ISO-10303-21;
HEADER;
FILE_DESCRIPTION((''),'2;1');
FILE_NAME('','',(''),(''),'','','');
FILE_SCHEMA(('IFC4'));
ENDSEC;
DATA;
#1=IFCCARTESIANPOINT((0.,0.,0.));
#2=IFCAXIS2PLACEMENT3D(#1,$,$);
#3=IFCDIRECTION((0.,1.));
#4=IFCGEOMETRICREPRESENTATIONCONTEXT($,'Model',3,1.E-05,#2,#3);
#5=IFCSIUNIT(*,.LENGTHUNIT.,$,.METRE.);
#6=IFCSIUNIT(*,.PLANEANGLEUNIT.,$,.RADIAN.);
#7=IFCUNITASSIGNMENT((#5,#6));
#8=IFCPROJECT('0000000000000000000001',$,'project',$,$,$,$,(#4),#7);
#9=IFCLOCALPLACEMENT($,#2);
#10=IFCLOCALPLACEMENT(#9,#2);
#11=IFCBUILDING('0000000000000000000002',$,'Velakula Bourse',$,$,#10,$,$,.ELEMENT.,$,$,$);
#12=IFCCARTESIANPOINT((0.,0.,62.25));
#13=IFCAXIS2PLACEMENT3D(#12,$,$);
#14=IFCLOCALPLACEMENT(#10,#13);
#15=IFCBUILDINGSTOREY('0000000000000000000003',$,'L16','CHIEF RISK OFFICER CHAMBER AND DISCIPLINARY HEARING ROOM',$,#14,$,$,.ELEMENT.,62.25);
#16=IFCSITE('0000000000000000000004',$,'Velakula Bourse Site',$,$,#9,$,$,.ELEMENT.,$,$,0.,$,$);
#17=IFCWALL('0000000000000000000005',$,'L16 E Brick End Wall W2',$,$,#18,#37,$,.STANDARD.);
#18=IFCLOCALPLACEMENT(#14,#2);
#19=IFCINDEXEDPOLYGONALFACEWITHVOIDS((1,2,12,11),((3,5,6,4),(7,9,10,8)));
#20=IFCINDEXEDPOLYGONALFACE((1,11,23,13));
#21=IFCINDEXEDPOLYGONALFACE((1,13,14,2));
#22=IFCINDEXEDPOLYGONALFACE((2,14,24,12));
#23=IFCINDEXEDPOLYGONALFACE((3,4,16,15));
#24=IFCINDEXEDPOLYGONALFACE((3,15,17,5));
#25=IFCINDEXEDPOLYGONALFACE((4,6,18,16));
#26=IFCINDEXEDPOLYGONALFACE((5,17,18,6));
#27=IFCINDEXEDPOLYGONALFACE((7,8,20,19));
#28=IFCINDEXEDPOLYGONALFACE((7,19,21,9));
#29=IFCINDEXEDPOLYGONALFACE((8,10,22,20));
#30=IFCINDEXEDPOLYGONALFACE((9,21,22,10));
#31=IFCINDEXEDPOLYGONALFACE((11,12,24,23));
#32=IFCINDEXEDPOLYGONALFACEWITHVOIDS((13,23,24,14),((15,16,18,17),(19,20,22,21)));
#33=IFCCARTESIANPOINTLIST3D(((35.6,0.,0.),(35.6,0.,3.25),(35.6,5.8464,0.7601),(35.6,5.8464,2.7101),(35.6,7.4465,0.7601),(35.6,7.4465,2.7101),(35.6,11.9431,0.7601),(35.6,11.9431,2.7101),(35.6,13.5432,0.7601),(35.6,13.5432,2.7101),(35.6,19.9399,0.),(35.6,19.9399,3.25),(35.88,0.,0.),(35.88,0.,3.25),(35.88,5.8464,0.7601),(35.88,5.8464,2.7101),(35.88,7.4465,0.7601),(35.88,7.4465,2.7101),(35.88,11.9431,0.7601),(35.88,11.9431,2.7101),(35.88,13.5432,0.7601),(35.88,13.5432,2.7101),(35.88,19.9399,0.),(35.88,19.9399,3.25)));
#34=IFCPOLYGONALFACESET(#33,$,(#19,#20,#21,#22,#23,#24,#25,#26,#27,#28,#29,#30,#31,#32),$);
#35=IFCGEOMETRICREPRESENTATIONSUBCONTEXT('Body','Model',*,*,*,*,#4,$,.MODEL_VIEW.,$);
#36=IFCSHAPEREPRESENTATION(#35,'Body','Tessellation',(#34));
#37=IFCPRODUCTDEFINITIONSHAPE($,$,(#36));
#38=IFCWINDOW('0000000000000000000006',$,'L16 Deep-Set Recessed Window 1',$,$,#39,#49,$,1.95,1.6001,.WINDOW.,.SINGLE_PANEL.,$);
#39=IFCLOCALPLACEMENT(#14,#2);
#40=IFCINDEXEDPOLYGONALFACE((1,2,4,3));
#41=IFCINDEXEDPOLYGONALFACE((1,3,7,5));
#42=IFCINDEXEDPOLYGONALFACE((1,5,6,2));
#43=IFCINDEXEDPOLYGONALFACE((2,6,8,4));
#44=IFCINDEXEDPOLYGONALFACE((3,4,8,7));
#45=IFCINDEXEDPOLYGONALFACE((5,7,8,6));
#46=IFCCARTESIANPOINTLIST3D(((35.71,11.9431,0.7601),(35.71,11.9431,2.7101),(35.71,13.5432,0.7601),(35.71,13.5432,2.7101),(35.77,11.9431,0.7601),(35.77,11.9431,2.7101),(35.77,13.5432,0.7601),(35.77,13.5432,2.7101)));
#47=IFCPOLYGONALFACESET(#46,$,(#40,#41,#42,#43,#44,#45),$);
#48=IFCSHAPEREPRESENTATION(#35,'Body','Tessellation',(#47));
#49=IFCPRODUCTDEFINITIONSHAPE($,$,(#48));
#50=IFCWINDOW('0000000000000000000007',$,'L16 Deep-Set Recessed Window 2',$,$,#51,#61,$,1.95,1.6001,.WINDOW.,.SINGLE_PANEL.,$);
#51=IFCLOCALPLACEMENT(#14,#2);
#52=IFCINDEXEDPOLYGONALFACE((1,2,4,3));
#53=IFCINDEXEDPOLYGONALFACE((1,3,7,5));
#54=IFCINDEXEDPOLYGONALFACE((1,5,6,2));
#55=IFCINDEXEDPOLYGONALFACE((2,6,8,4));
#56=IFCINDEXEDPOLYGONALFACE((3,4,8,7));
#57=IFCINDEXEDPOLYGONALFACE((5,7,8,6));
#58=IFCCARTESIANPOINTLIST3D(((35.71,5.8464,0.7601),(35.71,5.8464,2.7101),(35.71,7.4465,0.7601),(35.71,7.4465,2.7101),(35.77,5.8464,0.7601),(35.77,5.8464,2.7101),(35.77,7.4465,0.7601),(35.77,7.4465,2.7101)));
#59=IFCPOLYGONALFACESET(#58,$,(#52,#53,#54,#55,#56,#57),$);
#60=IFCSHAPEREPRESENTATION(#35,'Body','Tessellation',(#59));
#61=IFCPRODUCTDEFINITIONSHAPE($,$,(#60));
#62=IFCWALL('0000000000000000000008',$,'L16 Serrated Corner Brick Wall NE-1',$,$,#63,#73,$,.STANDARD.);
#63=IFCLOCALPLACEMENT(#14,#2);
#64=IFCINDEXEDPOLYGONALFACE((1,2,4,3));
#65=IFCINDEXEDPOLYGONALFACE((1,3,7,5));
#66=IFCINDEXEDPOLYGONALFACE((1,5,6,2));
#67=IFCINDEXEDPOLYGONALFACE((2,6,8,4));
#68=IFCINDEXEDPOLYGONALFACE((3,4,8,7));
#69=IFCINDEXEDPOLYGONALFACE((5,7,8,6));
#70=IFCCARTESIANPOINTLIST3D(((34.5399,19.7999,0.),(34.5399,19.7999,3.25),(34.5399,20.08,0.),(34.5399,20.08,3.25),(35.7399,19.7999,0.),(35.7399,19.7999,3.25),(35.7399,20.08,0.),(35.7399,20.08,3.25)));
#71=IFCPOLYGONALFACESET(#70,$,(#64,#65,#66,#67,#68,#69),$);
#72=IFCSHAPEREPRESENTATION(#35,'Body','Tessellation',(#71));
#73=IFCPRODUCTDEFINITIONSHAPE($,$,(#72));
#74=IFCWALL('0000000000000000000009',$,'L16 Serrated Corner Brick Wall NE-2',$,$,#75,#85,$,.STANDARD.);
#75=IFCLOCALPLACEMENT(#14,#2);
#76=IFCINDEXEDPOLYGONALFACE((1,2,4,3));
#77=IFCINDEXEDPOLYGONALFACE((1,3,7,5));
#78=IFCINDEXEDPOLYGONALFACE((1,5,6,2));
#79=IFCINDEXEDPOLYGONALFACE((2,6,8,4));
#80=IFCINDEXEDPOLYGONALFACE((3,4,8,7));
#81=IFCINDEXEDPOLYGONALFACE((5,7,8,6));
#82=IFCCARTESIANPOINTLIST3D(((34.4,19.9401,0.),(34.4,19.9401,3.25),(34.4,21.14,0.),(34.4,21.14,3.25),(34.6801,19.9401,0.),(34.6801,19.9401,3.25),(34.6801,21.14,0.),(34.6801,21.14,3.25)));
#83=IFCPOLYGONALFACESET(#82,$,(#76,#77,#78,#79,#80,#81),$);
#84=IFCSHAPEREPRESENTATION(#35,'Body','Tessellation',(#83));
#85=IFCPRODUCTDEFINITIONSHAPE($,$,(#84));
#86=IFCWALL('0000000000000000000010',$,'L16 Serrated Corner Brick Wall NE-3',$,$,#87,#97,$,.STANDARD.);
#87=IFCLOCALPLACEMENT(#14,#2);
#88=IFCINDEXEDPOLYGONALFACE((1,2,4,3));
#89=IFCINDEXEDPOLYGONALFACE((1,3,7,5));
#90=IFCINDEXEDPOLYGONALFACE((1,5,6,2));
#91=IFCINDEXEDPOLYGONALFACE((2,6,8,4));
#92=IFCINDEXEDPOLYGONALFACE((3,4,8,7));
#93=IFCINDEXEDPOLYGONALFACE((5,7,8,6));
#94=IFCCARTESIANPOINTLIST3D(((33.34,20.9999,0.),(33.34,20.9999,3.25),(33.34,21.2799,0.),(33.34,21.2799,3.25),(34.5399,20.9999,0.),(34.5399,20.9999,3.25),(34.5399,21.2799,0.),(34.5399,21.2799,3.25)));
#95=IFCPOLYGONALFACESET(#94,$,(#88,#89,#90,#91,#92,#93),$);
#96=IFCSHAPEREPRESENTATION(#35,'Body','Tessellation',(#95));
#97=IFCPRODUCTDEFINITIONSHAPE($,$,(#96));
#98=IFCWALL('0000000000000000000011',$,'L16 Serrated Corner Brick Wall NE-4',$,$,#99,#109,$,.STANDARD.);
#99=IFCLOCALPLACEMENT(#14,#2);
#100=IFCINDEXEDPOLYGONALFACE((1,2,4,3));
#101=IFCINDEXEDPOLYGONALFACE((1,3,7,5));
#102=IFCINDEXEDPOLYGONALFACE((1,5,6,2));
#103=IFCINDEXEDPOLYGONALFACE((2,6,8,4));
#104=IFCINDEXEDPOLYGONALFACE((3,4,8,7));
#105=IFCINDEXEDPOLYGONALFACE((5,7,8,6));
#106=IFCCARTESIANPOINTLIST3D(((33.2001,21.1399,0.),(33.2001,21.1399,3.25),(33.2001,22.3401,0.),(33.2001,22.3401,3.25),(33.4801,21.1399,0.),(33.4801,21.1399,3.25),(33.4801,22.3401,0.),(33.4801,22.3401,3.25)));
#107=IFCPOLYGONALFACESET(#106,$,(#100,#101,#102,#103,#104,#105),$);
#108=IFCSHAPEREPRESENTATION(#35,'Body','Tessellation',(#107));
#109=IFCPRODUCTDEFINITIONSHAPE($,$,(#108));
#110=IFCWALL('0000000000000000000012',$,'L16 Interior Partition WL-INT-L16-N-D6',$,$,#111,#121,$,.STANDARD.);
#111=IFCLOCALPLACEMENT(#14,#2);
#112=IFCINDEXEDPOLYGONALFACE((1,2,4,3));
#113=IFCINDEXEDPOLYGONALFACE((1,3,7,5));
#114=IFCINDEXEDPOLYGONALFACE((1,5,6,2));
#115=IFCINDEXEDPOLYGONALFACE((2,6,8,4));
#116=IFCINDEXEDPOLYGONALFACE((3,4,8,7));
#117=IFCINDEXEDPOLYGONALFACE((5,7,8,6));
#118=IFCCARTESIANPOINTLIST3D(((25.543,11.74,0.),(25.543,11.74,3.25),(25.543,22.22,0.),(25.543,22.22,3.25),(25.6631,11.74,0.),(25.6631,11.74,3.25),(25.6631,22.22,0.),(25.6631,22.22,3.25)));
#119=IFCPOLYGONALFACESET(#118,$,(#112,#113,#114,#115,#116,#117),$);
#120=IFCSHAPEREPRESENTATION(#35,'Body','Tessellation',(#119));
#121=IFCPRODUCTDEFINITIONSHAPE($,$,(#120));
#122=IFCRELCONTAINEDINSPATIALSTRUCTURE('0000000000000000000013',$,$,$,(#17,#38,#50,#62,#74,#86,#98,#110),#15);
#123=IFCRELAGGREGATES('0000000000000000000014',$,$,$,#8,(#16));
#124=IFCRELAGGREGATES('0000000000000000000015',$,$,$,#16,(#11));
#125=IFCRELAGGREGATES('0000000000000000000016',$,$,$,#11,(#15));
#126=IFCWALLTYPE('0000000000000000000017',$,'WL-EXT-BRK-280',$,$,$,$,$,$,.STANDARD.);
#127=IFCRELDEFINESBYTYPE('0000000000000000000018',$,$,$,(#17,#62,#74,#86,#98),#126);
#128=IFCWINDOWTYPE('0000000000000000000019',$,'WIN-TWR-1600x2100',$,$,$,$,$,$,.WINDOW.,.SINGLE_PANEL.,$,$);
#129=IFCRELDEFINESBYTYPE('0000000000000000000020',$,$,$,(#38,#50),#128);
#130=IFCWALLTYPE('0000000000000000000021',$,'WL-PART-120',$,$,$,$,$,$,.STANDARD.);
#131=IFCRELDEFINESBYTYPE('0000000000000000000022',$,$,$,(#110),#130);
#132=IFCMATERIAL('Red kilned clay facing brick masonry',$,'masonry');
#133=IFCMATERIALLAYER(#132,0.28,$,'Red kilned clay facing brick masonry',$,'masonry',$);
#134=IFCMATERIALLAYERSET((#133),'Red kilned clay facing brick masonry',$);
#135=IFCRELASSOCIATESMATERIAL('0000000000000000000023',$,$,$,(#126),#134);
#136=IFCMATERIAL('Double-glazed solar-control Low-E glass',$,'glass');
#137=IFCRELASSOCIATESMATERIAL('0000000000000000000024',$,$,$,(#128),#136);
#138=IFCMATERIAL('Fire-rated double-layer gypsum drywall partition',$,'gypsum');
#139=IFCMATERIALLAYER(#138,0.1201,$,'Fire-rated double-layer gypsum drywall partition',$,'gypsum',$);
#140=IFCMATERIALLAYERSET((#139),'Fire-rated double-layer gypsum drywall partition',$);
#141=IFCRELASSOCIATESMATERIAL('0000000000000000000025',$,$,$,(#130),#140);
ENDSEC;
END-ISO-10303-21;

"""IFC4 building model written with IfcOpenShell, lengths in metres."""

from ifc_helpers import new_model, si_unit, direction, frame, frame_2d, origin, place, context, subcontext, project, spatial, rectangle, extrude, material, layer, layer_set, type_object, element, fill, save


model = new_model("IFC4")

# Units and contexts
model_context = context("Model", 3, precision=1e-05, world=origin(), true_north=direction((0.0, 1.0)))
body_context = subcontext(model_context, "Body", "Model", "MODEL_VIEW")
ifc_project = project(units=[si_unit("LENGTHUNIT", "METRE"), si_unit("PLANEANGLEUNIT", "RADIAN")], contexts=[model_context])

# Site, building, storey
site_placement = place(None, origin())
site = spatial("IfcSite", under=ifc_project, at=site_placement, Name="Velakula Bourse Site", CompositionType="ELEMENT", RefElevation=0.0)
building_placement = place(site_placement, origin())
building = spatial("IfcBuilding", under=site, at=building_placement, Name="Velakula Bourse", CompositionType="ELEMENT")
storey_placement = place(building_placement, frame((0.0, 0.0, 62.25)))
storey = spatial("IfcBuildingStorey", under=building, at=storey_placement, Name="L16", Description="CHIEF RISK OFFICER CHAMBER AND DISCIPLINARY HEARING ROOM", CompositionType="ELEMENT", Elevation=62.25)

# Wall, openings, windows
ifc_material_1 = material(Name="Red kilned clay facing brick masonry", Category="masonry")
ifc_layer_1 = layer(ifc_material_1, 0.28, Name="Red kilned clay facing brick masonry", Category="masonry")
ifc_layer_set_1 = layer_set([ifc_layer_1], Name="Red kilned clay facing brick masonry")
wall_type_1 = type_object("IfcWallType", Name="WL-EXT-BRK-280", PredefinedType="STANDARD", material=ifc_layer_set_1)
wall_1_placement = place(storey_placement, frame((35.74, 19.9399, 0.0), z_axis=(0.0, 0.0, 1.0), x_axis=(0.0, -1.0, 0.0)))
wall_1 = element("IfcWall", 1, at=wall_1_placement, inside=storey, type_object=wall_type_1, Name="L16 E Brick End Wall W2", PredefinedType="STANDARD", context=body_context, shape_type="SweptSolid", body=[
    extrude(rectangle(XDim=19.9399, YDim=0.28, at=frame_2d((9.97, 0.0))), origin(), (0.0, 0.0, 1.0), 3.25),
])
opening_1_placement = place(wall_1_placement, frame((6.3967, 0.0, 0.76)))
opening_1 = element("IfcOpeningElement", 2, at=opening_1_placement, cuts=wall_1, PredefinedType="OPENING", context=body_context, shape_type="SweptSolid", body=[
    extrude(rectangle(XDim=1.6001, YDim=1.95, at=frame_2d((0.8, 0.9751))), frame((0.0, 0.1499, 0.0), z_axis=(0.0, -1.0, 0.0), x_axis=(1.0, 0.0, 0.0)), (0.0, 0.0, 1.0), 0.3),
])
opening_2_placement = place(wall_1_placement, frame((12.4934, 0.0, 0.76)))
opening_2 = element("IfcOpeningElement", 3, at=opening_2_placement, cuts=wall_1, PredefinedType="OPENING", context=body_context, shape_type="SweptSolid", body=[
    extrude(rectangle(XDim=1.6001, YDim=1.95, at=frame_2d((0.8, 0.9751))), frame((0.0, 0.1499, 0.0), z_axis=(0.0, -1.0, 0.0), x_axis=(1.0, 0.0, 0.0)), (0.0, 0.0, 1.0), 0.3),
])
ifc_material_2 = material(Name="Double-glazed solar-control Low-E glass", Category="glass")
window_type = type_object("IfcWindowType", Name="WIN-TWR-1600x2100", PartitioningType="SINGLE_PANEL", PredefinedType="WINDOW", material=ifc_material_2)
window_1_placement = place(opening_1_placement, origin())
window_1 = element("IfcWindow", 4, at=window_1_placement, inside=storey, type_object=window_type, Name="L16 Deep-Set Recessed Window 1", OverallHeight=1.95, OverallWidth=1.6001, PartitioningType="SINGLE_PANEL", PredefinedType="WINDOW", context=body_context, shape_type="SweptSolid", body=[
    extrude(rectangle(XDim=1.6001, YDim=1.95, at=frame_2d((0.8, 0.9751))), frame((0.0, 0.03, 0.0), z_axis=(0.0, -1.0, 0.0), x_axis=(1.0, 0.0, 0.0)), (0.0, 0.0, 1.0), 0.0601),
])
fill(opening_1, window_1)
window_2_placement = place(opening_2_placement, origin())
window_2 = element("IfcWindow", 5, at=window_2_placement, inside=storey, type_object=window_type, Name="L16 Deep-Set Recessed Window 2", OverallHeight=1.95, OverallWidth=1.6001, PartitioningType="SINGLE_PANEL", PredefinedType="WINDOW", context=body_context, shape_type="SweptSolid", body=[
    extrude(rectangle(XDim=1.6001, YDim=1.95, at=frame_2d((0.8, 0.9751))), frame((0.0, 0.03, 0.0), z_axis=(0.0, -1.0, 0.0), x_axis=(1.0, 0.0, 0.0)), (0.0, 0.0, 1.0), 0.0601),
])
fill(opening_2, window_2)

# Walls
for number, where, z_axis, x_axis, name in (
    (6, (35.74, 19.9399, 0.0), (0.0, 0.0, 1.0), (-1.0, 0.0, 0.0), "L16 Serrated Corner Brick Wall NE-1"),
    (7, (34.54, 19.9399, 0.0), (0.0, 0.0, 1.0), (0.0, 1.0, 0.0), "L16 Serrated Corner Brick Wall NE-2"),
    (8, (34.54, 21.1399, 0.0), (0.0, 0.0, 1.0), (-1.0, 0.0, 0.0), "L16 Serrated Corner Brick Wall NE-3"),
):
    element("IfcWall", number, at=place(storey_placement, frame(where, z_axis=z_axis, x_axis=x_axis)), inside=storey, type_object=wall_type_1, Name=name, PredefinedType="STANDARD", context=body_context, shape_type="SweptSolid", body=[
        extrude(rectangle(XDim=1.2, YDim=0.28, at=frame_2d((0.6001, 0.0))), origin(), (0.0, 0.0, 1.0), 3.25),
    ])
wall_2_placement = place(storey_placement, frame((33.3401, 21.1399, 0.0), z_axis=(0.0, 0.0, 1.0), x_axis=(0.0, 1.0, 0.0)))
element("IfcWall", 9, at=wall_2_placement, inside=storey, type_object=wall_type_1, Name="L16 Serrated Corner Brick Wall NE-4", PredefinedType="STANDARD", context=body_context, shape_type="SweptSolid", body=[
    extrude(rectangle(XDim=1.2002, YDim=0.28, at=frame_2d((0.6001, 0.0))), origin(), (0.0, 0.0, 1.0), 3.25),
])
ifc_material_3 = material(Name="Fire-rated double-layer gypsum drywall partition", Category="gypsum")
ifc_layer_2 = layer(ifc_material_3, 0.1201, Name="Fire-rated double-layer gypsum drywall partition", Category="gypsum")
ifc_layer_set_2 = layer_set([ifc_layer_2], Name="Fire-rated double-layer gypsum drywall partition")
wall_type_2 = type_object("IfcWallType", Name="WL-PART-120", PredefinedType="STANDARD", material=ifc_layer_set_2)
wall_3_placement = place(storey_placement, frame((25.603, 11.74, 0.0), z_axis=(0.0, 0.0, 1.0), x_axis=(0.0, 1.0, 0.0)))
element("IfcWall", 10, at=wall_3_placement, inside=storey, type_object=wall_type_2, Name="L16 Interior Partition WL-INT-L16-N-D6", PredefinedType="STANDARD", context=body_context, shape_type="SweptSolid", body=[
    extrude(rectangle(XDim=10.48, YDim=0.1201, at=frame_2d((5.24, 0.0))), origin(), (0.0, 0.0, 1.0), 3.25),
])

save(model, "model.ifc")
